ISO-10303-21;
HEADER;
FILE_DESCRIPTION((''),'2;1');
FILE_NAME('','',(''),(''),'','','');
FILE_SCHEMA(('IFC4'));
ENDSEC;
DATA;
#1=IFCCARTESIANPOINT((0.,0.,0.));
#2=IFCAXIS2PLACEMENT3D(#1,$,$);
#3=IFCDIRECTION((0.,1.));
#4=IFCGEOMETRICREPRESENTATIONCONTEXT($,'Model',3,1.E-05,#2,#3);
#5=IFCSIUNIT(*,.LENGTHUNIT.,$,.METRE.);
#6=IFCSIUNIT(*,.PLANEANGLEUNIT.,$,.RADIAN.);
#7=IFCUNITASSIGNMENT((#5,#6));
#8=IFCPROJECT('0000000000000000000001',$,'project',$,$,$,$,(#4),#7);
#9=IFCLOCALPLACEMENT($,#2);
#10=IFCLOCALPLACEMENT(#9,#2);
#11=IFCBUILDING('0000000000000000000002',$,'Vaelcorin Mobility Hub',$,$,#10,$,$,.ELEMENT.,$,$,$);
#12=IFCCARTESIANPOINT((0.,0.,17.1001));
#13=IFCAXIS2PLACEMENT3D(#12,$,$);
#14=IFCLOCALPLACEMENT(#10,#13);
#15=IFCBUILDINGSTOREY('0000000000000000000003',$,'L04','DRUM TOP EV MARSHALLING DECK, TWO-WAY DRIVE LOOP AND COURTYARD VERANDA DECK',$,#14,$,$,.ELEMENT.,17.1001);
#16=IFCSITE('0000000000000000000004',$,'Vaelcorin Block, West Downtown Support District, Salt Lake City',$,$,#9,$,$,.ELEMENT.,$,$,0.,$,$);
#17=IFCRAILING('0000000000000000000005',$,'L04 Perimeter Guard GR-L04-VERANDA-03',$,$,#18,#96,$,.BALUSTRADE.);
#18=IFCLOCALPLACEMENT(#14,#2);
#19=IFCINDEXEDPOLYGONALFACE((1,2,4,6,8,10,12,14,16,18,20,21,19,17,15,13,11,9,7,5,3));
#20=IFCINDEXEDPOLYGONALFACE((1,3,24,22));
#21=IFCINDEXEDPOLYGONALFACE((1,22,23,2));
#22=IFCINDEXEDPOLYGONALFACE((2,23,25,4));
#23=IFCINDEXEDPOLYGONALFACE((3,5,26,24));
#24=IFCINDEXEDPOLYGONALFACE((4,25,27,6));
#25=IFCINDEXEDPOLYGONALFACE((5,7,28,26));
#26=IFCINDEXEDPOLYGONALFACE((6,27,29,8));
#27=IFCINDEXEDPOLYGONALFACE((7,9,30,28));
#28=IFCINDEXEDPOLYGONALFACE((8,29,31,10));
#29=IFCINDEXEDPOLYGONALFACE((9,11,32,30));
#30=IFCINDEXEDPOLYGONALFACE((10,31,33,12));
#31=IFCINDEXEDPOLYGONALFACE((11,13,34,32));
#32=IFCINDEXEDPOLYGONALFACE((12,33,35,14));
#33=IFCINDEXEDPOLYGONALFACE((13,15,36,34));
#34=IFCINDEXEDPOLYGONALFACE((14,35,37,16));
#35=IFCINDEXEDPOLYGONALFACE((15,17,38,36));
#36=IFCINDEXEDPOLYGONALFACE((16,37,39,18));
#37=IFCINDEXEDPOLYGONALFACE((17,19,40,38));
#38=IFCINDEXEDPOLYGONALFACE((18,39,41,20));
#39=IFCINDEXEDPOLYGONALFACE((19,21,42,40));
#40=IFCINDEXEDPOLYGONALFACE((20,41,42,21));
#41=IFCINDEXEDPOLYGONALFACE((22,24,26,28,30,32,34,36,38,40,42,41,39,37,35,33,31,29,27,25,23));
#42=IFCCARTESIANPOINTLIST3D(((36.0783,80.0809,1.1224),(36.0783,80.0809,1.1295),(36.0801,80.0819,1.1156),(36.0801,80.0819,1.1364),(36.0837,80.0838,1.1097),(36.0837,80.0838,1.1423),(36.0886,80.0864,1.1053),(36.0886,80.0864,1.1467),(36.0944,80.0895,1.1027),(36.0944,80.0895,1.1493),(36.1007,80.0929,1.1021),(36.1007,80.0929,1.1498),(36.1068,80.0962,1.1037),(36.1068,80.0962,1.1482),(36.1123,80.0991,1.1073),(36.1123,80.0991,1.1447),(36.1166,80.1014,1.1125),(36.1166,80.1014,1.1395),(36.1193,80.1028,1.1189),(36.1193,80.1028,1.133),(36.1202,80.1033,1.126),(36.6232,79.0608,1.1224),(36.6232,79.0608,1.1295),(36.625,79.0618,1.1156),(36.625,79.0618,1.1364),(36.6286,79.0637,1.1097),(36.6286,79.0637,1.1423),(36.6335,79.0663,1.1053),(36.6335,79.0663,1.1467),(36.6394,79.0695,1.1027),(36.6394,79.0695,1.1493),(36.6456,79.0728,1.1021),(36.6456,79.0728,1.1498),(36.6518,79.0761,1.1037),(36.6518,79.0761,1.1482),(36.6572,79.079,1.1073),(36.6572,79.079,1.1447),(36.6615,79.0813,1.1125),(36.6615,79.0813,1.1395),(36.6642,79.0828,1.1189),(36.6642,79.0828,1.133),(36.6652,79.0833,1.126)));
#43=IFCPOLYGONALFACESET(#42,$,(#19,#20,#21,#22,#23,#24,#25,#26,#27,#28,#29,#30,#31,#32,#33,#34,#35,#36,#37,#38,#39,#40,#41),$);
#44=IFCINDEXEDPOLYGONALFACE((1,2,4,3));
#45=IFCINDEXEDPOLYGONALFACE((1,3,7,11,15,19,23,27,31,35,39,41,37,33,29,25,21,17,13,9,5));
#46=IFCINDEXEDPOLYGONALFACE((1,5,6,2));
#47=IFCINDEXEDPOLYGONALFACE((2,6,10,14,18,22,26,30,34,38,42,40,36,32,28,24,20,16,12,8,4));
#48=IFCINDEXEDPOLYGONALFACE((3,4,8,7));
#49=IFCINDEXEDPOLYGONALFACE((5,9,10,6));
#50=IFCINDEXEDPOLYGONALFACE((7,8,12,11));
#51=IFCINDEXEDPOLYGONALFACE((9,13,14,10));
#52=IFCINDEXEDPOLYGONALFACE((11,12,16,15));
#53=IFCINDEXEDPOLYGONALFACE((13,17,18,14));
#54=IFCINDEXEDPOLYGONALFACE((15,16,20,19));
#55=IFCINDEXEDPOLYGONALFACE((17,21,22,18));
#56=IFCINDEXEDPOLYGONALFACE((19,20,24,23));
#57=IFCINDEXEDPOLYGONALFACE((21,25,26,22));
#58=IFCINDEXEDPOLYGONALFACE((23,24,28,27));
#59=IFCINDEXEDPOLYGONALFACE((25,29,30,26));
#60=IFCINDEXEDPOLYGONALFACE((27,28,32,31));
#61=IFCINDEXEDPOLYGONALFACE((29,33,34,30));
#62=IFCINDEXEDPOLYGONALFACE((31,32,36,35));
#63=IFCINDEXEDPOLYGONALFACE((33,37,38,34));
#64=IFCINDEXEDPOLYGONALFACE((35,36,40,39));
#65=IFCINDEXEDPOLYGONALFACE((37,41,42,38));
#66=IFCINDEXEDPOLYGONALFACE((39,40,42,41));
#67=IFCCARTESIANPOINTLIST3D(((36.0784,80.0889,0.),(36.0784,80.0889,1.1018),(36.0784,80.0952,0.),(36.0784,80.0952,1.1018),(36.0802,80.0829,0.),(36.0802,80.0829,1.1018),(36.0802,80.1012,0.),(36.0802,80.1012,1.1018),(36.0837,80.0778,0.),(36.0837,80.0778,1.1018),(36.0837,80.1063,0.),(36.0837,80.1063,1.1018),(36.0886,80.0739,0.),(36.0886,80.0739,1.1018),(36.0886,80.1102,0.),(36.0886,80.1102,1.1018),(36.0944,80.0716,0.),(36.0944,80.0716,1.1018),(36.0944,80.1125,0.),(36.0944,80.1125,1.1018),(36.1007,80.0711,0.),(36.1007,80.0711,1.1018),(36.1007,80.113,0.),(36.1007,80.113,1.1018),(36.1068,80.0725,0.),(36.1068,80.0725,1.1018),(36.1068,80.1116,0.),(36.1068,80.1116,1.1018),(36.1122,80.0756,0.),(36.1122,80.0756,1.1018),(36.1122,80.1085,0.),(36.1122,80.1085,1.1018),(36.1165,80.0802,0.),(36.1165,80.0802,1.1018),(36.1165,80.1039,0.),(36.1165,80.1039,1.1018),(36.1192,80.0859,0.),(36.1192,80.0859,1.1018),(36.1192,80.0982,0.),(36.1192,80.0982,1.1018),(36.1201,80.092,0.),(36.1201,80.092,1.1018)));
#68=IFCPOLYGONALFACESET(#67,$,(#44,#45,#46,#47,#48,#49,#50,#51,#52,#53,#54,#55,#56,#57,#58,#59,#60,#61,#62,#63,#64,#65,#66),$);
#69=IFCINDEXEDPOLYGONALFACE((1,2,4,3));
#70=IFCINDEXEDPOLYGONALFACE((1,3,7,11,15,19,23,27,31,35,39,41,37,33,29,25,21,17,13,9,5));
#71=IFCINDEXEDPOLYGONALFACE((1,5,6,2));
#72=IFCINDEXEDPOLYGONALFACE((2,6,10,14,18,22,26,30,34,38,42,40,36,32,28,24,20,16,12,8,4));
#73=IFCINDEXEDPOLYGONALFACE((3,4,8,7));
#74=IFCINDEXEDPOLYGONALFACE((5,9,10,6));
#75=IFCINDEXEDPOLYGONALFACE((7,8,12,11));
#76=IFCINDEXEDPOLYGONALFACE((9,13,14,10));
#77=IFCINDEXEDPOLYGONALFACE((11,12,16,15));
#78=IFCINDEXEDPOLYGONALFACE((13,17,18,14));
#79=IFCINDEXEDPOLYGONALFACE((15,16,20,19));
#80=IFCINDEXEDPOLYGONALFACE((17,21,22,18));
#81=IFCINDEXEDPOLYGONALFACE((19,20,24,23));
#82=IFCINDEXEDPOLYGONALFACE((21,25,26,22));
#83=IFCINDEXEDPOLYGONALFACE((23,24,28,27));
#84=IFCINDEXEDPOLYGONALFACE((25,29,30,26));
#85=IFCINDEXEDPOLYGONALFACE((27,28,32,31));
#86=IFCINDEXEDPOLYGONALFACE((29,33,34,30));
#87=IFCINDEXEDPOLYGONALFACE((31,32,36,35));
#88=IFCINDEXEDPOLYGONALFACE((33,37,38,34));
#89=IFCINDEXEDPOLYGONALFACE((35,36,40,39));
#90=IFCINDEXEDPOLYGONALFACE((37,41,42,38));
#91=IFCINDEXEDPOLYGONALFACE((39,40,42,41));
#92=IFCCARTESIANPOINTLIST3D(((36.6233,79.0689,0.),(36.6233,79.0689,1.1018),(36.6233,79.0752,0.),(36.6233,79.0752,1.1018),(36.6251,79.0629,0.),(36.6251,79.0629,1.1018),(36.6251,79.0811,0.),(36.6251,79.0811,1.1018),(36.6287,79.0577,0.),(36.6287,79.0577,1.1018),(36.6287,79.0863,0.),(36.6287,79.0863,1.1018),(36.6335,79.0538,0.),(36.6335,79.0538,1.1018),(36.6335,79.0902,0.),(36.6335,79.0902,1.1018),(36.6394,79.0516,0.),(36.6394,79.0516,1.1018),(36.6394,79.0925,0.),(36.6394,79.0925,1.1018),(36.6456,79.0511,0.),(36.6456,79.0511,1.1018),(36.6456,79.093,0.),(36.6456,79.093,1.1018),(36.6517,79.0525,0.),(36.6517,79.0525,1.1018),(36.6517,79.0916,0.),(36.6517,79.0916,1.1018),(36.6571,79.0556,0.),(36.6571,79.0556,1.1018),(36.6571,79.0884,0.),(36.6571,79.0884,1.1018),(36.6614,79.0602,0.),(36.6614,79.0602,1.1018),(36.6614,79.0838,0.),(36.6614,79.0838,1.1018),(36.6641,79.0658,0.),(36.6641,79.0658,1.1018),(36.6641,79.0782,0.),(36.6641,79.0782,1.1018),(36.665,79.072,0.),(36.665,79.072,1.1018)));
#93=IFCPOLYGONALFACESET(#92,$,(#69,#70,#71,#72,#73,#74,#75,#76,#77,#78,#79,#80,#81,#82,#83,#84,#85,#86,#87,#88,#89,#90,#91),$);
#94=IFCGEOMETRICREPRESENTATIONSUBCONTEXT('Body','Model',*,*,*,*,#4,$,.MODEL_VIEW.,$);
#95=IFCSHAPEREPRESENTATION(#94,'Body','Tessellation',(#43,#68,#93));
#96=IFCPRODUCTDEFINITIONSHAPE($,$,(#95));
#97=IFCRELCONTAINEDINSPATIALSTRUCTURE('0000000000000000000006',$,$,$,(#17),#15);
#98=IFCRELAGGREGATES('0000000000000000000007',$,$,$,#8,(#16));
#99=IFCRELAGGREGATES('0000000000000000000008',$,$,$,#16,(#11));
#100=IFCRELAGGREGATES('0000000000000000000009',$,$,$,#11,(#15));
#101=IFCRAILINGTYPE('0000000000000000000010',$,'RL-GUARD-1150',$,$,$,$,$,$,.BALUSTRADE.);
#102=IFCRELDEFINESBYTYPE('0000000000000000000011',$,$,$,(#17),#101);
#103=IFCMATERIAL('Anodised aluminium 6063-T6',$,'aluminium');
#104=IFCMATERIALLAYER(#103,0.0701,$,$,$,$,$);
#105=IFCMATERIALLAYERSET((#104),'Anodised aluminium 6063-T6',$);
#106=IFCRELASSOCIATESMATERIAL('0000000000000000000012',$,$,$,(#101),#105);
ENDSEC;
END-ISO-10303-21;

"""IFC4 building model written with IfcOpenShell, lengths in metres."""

from ifc_helpers import new_model, si_unit, direction, frame, origin, origin_2d, place, context, subcontext, project, spatial, circle, extrude, material, layer, layer_set, type_object, element, save


model = new_model("IFC4")

# Units and contexts
model_context = context("Model", 3, precision=1e-05, world=origin(), true_north=direction((0.0, 1.0)))
body_context = subcontext(model_context, "Body", "Model", "MODEL_VIEW")
ifc_project = project(units=[si_unit("LENGTHUNIT", "METRE"), si_unit("PLANEANGLEUNIT", "RADIAN")], contexts=[model_context])

# Site, building, storey
site_placement = place(None, origin())
site = spatial("IfcSite", under=ifc_project, at=site_placement, Name="Vaelcorin Block, West Downtown Support District, Salt Lake City", CompositionType="ELEMENT", RefElevation=0.0)
building_placement = place(site_placement, origin())
building = spatial("IfcBuilding", under=site, at=building_placement, Name="Vaelcorin Mobility Hub", CompositionType="ELEMENT")
storey_placement = place(building_placement, frame((0.0, 0.0, 17.1001)))
storey = spatial("IfcBuildingStorey", under=building, at=storey_placement, Name="L04", Description="DRUM TOP EV MARSHALLING DECK, TWO-WAY DRIVE LOOP AND COURTYARD VERANDA DECK", CompositionType="ELEMENT", Elevation=17.1001)

# Shared definitions
ifc_material_1 = material(Name="Anodised aluminium 6063-T6", Category="aluminium")

# Railing
ifc_layer_1 = layer(ifc_material_1, 0.0701)
ifc_layer_set_1 = layer_set([ifc_layer_1], Name="Anodised aluminium 6063-T6")
railing_type_1 = type_object("IfcRailingType", Name="RL-GUARD-1150", PredefinedType="BALUSTRADE", material=ifc_layer_set_1)
railing_1_placement = place(storey_placement, frame((36.0991, 80.092, 0.0)))
element("IfcRailing", 1, at=railing_1_placement, inside=storey, type_object=railing_type_1, Name="L04 Perimeter Guard GR-L04-VERANDA-03", PredefinedType="BALUSTRADE", context=body_context, shape_type="SweptSolid", body=[
    extrude(circle(Radius=0.0239, at=origin_2d()), frame((0.0, 0.0, 1.126), z_axis=(0.471202, -0.882025, 0.0), x_axis=(0.882025, 0.471202, 0.0)), (0.0, 0.0, 1.0), 1.1565),
    extrude(circle(Radius=0.021, at=origin_2d()), origin(), (0.0, 0.0, 1.0), 1.1018),
    extrude(circle(Radius=0.021, at=origin_2d()), frame((0.5449, -1.02, 0.0)), (0.0, 0.0, 1.0), 1.1018),
])

save(model, "model.ifc")
